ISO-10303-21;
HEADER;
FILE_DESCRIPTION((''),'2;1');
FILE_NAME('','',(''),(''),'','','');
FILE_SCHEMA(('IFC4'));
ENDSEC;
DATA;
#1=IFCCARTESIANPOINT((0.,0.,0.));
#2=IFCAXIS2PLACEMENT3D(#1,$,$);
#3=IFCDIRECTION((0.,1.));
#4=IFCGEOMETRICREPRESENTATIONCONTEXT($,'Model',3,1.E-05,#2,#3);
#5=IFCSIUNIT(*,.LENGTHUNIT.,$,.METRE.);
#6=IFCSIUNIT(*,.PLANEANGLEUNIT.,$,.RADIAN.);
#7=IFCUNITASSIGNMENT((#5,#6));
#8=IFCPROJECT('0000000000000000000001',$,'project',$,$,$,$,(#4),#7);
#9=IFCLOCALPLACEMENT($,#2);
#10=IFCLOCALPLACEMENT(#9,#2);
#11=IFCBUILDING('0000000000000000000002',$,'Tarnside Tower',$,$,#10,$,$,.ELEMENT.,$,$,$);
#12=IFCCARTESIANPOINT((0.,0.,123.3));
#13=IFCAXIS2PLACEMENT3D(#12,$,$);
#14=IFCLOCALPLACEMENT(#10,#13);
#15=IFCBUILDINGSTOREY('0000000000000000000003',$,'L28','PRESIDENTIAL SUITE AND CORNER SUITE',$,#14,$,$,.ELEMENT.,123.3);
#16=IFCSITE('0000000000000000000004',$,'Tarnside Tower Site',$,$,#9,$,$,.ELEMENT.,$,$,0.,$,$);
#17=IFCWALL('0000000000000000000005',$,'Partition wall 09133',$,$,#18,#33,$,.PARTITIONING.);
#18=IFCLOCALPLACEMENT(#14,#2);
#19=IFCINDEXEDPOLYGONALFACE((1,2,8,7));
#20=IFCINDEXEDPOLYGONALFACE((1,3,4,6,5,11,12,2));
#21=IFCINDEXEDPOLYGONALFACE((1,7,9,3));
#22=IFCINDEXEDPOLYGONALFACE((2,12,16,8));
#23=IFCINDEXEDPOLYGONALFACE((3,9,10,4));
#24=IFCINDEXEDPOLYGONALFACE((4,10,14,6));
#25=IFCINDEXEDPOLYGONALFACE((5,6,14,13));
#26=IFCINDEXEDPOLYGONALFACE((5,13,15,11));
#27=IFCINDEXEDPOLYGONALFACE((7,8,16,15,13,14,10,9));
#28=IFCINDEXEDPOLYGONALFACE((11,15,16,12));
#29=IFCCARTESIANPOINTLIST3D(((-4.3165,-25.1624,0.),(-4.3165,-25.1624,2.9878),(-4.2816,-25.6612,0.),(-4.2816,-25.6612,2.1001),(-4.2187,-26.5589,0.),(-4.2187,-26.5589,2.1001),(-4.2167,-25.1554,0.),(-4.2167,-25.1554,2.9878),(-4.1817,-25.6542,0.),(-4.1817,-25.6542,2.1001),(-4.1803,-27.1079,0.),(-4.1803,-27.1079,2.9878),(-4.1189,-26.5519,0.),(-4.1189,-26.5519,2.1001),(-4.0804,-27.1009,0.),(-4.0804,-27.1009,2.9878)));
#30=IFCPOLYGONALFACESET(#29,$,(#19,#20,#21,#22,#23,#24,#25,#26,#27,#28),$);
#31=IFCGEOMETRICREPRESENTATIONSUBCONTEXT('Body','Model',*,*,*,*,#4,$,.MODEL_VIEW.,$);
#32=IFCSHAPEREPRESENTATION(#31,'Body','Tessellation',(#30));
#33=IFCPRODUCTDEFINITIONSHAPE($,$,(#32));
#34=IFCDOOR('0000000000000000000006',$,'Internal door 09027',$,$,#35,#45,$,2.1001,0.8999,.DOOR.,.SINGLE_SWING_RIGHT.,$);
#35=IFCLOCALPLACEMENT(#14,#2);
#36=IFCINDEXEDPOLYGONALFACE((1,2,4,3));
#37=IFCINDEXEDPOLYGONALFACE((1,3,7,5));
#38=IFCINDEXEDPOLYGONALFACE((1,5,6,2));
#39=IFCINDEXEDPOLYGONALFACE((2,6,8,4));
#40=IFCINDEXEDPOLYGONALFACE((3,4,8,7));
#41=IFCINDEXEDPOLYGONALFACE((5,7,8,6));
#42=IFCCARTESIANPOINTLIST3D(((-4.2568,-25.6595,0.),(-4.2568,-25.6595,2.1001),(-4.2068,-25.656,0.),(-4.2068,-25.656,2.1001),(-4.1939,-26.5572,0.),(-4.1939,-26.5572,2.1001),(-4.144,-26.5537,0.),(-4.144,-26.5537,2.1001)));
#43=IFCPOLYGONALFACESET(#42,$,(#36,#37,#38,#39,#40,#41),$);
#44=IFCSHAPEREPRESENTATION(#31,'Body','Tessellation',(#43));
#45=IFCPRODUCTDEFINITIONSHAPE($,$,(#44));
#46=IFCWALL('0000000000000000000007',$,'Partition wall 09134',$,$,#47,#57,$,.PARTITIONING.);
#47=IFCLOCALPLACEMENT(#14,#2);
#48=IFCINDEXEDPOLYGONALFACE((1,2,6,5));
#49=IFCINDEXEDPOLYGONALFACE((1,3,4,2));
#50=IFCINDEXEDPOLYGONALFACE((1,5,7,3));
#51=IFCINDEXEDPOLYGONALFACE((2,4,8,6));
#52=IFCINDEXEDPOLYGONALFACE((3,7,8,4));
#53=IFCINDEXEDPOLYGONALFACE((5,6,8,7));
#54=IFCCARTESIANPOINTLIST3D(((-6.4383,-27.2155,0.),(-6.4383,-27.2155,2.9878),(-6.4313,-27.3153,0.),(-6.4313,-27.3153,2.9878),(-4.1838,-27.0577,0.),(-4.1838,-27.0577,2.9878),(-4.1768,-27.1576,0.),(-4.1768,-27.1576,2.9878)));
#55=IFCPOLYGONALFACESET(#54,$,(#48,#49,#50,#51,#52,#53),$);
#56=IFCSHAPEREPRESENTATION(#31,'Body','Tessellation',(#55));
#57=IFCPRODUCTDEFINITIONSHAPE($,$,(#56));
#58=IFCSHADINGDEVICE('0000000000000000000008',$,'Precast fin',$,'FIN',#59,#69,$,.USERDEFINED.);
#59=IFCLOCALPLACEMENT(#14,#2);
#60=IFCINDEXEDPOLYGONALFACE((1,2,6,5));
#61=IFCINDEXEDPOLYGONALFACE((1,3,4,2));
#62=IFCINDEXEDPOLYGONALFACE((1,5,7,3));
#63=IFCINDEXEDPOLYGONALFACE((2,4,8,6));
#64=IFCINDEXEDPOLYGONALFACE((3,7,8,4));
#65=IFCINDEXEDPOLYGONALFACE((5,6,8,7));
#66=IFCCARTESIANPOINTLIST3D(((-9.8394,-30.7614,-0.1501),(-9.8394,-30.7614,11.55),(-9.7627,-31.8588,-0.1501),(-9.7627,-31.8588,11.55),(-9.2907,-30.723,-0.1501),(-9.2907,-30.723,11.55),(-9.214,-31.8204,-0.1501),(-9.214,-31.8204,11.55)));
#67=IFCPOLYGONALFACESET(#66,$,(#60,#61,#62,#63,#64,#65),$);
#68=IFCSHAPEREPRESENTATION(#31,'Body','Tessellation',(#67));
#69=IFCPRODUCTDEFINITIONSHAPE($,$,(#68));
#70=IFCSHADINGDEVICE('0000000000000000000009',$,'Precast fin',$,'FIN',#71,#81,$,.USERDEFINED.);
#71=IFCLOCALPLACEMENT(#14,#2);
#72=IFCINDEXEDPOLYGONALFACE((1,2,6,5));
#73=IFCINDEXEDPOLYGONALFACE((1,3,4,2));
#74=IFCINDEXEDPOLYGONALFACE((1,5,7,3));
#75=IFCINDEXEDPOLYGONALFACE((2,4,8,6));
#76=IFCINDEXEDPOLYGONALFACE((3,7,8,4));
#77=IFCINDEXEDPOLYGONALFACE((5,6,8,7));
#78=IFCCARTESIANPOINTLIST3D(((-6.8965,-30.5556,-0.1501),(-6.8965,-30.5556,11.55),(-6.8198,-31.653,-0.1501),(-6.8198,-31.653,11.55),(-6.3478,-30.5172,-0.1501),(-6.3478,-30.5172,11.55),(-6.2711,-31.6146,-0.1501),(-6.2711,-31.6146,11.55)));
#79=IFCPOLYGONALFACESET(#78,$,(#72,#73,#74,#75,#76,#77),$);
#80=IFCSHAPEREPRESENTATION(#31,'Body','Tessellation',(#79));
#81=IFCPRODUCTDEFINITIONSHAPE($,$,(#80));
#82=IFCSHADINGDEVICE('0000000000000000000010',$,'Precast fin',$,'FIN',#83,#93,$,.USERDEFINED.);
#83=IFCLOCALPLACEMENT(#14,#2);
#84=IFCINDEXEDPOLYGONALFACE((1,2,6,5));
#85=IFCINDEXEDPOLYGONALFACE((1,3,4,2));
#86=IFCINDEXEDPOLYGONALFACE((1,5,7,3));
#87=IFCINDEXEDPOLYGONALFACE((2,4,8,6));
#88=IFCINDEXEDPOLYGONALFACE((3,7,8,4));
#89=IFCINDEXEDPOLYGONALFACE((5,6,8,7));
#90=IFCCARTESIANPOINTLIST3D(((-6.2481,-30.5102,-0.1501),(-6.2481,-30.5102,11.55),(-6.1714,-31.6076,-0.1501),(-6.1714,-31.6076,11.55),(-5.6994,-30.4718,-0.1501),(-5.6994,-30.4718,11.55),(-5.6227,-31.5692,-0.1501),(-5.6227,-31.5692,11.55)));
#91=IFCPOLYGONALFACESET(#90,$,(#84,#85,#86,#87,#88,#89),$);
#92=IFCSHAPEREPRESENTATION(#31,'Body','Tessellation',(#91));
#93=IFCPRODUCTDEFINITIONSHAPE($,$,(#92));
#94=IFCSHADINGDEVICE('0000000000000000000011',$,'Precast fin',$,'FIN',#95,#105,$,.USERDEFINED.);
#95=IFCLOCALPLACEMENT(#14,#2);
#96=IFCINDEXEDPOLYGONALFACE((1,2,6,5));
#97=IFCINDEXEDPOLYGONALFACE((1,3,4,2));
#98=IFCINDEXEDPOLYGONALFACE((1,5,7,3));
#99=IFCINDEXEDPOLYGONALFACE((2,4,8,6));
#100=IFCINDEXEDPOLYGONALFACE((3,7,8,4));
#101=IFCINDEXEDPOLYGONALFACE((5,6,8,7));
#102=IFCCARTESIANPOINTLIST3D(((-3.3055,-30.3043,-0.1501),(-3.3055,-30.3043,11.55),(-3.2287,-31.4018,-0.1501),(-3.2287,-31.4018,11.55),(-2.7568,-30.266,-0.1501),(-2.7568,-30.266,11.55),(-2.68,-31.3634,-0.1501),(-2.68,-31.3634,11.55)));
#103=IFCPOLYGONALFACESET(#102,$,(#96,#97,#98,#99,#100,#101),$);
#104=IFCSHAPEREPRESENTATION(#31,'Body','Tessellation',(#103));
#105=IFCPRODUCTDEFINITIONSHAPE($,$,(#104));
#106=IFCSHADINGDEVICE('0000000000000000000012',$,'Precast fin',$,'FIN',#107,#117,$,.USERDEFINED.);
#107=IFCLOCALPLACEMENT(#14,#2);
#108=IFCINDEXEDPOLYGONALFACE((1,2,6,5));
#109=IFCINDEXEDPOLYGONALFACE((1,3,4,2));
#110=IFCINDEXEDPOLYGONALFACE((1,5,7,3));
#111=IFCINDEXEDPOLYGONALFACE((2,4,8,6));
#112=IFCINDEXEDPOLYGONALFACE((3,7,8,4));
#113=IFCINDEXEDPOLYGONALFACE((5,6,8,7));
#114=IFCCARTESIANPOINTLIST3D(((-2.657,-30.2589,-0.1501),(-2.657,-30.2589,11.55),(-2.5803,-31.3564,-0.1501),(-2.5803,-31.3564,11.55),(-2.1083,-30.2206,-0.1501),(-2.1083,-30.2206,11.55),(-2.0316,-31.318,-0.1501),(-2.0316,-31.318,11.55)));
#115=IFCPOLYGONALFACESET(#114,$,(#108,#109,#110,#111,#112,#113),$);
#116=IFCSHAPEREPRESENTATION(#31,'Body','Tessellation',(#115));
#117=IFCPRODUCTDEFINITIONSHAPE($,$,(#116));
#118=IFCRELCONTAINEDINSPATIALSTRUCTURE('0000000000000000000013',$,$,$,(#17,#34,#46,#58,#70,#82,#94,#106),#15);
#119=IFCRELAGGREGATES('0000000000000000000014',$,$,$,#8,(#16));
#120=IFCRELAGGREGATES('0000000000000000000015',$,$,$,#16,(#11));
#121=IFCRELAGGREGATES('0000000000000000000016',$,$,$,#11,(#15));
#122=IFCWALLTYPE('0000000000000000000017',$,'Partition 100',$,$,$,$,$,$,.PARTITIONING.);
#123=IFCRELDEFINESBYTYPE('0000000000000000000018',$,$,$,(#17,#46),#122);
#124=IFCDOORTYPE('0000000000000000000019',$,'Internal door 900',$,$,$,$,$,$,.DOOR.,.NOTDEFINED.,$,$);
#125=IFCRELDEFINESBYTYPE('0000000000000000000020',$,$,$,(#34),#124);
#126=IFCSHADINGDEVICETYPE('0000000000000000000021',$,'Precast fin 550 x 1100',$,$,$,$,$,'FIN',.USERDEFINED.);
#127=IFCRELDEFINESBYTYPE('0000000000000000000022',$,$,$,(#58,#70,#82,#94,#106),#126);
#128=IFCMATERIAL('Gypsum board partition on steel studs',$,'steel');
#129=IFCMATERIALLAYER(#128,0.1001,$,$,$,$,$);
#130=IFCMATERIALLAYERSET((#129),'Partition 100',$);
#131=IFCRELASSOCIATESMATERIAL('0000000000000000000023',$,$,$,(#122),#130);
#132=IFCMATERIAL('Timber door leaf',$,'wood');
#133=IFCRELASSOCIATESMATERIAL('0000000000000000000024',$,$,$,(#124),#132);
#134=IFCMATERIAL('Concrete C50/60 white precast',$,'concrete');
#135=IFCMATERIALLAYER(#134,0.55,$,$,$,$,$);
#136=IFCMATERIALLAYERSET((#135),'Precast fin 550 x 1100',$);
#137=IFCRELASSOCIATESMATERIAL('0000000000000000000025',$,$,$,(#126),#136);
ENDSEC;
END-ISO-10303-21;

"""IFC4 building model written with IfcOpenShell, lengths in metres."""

from ifc_helpers import new_model, si_unit, direction, frame, frame_2d, origin, place, context, subcontext, project, spatial, polyline, rectangle, outline, extrude, material, layer, layer_set, type_object, element, fill, save


model = new_model("IFC4")

# Units and contexts
model_context = context("Model", 3, precision=1e-05, world=origin(), true_north=direction((0.0, 1.0)))
body_context = subcontext(model_context, "Body", "Model", "MODEL_VIEW")
ifc_project = project(units=[si_unit("LENGTHUNIT", "METRE"), si_unit("PLANEANGLEUNIT", "RADIAN")], contexts=[model_context])

# Site, building, storey
site_placement = place(None, origin())
site = spatial("IfcSite", under=ifc_project, at=site_placement, Name="Tarnside Tower Site", CompositionType="ELEMENT", RefElevation=0.0)
building_placement = place(site_placement, origin())
building = spatial("IfcBuilding", under=site, at=building_placement, Name="Tarnside Tower", CompositionType="ELEMENT")
storey_placement = place(building_placement, frame((0.0, 0.0, 123.3)))
storey = spatial("IfcBuildingStorey", under=building, at=storey_placement, Name="L28", Description="PRESIDENTIAL SUITE AND CORNER SUITE", CompositionType="ELEMENT", Elevation=123.3)

# Shared definitions
ifc_material_1 = material(Name="Gypsum board partition on steel studs", Category="steel")

# Wall, opening, door
ifc_layer_1 = layer(ifc_material_1, 0.1001)
ifc_layer_set_1 = layer_set([ifc_layer_1], Name="Partition 100")
wall_type_1 = type_object("IfcWallType", Name="Partition 100", PredefinedType="PARTITIONING", material=ifc_layer_set_1)
wall_1_placement = place(storey_placement, frame((-4.2666, -25.1589, 0.0), z_axis=(0.0, 0.0, 1.0), x_axis=(0.069859, -0.997557, 0.0)))
wall_1 = element("IfcWall", 1, at=wall_1_placement, inside=storey, type_object=wall_type_1, Name="Partition wall 09133", PredefinedType="PARTITIONING", context=body_context, shape_type="SweptSolid", body=[
    extrude(rectangle(XDim=1.9502, YDim=0.1001, at=frame_2d((0.9751, 0.0))), origin(), (0.0, 0.0, 1.0), 2.9878),
])
opening_placement = place(wall_1_placement, frame((0.5, 0.0, 0.0)))
opening = element("IfcOpeningElement", 2, at=opening_placement, cuts=wall_1, PredefinedType="OPENING", context=body_context, shape_type="SweptSolid", body=[
    extrude(rectangle(XDim=0.8999, YDim=2.1001, at=frame_2d((0.45, 1.05))), frame((0.0, 0.0601, 0.0), z_axis=(0.0, -1.0, 0.0), x_axis=(1.0, 0.0, 0.0)), (0.0, 0.0, 1.0), 0.1201),
])
ifc_material_2 = material(Name="Timber door leaf", Category="wood")
door_type = type_object("IfcDoorType", Name="Internal door 900", OperationType="NOTDEFINED", PredefinedType="DOOR", material=ifc_material_2)
door_placement = place(opening_placement, origin())
door = element("IfcDoor", 3, at=door_placement, inside=storey, type_object=door_type, Name="Internal door 09027", OperationType="SINGLE_SWING_RIGHT", OverallHeight=2.1001, OverallWidth=0.8999, PredefinedType="DOOR", context=body_context, shape_type="SweptSolid", body=[
    extrude(rectangle(XDim=0.8999, YDim=2.1001, at=frame_2d((0.45, 1.05))), frame((0.0, 0.0249, 0.0), z_axis=(0.0, -1.0, 0.0), x_axis=(1.0, 0.0, 0.0)), (0.0, 0.0, 1.0), 0.05),
])
fill(opening, door)

# Wall
wall_2_placement = place(storey_placement, frame((-4.1804, -27.1077, 0.0), z_axis=(0.0, 0.0, 1.0), x_axis=(-0.997562, -0.069788, 0.0)))
element("IfcWall", 4, at=wall_2_placement, inside=storey, type_object=wall_type_1, Name="Partition wall 09134", PredefinedType="PARTITIONING", context=body_context, shape_type="SweptSolid", body=[
    extrude(rectangle(XDim=2.26, YDim=0.1001, at=frame_2d((1.1299, 0.0))), origin(), (0.0, 0.0, 1.0), 2.9878),
])

# Shading devices
ifc_material_3 = material(Name="Concrete C50/60 white precast", Category="concrete")
ifc_layer_2 = layer(ifc_material_3, 0.55)
ifc_layer_set_2 = layer_set([ifc_layer_2], Name="Precast fin 550 x 1100")
shading_device_type = type_object("IfcShadingDeviceType", Name="Precast fin 550 x 1100", ElementType="FIN", PredefinedType="USERDEFINED", material=ifc_layer_set_2)
for number, where, z_axis, x_axis, name in (
    (5, (-9.5649, -30.7422, -0.1501), (-0.997564, -0.069756, 0.0), (0.069756, -0.997564, 0.0), "Precast fin"),
    (6, (-6.6221, -30.5364, -0.1501), (-0.997564, -0.069756, 0.0), (0.069756, -0.997564, 0.0), "Precast fin"),
    (7, (-5.9736, -30.491, -0.1501), (-0.997564, -0.069756, 0.0), (0.069756, -0.997564, 0.0), "Precast fin"),
    (8, (-3.031, -30.2852, -0.1501), (-0.997564, -0.069756, 0.0), (0.069756, -0.997564, 0.0), "Precast fin"),
    (9, (-2.3826, -30.2397, -0.1501), (-0.997564, -0.069756, 0.0), (0.069756, -0.997564, 0.0), "Precast fin"),
):
    element("IfcShadingDevice", number, at=place(storey_placement, frame(where, z_axis=z_axis, x_axis=x_axis)), inside=storey, type_object=shading_device_type, Name=name, ObjectType="FIN", PredefinedType="USERDEFINED", context=body_context, shape_type="SweptSolid", body=[
        extrude(outline(polyline([(0.0, 0.0), (1.1001, 0.0), (1.1001, 11.7002), (0.0, 11.7002), (0.0, 0.0)])), frame((0.0, 0.0, -0.2749)), (0.0, 0.0, 1.0), 0.55),
    ])

save(model, "model.ifc")
